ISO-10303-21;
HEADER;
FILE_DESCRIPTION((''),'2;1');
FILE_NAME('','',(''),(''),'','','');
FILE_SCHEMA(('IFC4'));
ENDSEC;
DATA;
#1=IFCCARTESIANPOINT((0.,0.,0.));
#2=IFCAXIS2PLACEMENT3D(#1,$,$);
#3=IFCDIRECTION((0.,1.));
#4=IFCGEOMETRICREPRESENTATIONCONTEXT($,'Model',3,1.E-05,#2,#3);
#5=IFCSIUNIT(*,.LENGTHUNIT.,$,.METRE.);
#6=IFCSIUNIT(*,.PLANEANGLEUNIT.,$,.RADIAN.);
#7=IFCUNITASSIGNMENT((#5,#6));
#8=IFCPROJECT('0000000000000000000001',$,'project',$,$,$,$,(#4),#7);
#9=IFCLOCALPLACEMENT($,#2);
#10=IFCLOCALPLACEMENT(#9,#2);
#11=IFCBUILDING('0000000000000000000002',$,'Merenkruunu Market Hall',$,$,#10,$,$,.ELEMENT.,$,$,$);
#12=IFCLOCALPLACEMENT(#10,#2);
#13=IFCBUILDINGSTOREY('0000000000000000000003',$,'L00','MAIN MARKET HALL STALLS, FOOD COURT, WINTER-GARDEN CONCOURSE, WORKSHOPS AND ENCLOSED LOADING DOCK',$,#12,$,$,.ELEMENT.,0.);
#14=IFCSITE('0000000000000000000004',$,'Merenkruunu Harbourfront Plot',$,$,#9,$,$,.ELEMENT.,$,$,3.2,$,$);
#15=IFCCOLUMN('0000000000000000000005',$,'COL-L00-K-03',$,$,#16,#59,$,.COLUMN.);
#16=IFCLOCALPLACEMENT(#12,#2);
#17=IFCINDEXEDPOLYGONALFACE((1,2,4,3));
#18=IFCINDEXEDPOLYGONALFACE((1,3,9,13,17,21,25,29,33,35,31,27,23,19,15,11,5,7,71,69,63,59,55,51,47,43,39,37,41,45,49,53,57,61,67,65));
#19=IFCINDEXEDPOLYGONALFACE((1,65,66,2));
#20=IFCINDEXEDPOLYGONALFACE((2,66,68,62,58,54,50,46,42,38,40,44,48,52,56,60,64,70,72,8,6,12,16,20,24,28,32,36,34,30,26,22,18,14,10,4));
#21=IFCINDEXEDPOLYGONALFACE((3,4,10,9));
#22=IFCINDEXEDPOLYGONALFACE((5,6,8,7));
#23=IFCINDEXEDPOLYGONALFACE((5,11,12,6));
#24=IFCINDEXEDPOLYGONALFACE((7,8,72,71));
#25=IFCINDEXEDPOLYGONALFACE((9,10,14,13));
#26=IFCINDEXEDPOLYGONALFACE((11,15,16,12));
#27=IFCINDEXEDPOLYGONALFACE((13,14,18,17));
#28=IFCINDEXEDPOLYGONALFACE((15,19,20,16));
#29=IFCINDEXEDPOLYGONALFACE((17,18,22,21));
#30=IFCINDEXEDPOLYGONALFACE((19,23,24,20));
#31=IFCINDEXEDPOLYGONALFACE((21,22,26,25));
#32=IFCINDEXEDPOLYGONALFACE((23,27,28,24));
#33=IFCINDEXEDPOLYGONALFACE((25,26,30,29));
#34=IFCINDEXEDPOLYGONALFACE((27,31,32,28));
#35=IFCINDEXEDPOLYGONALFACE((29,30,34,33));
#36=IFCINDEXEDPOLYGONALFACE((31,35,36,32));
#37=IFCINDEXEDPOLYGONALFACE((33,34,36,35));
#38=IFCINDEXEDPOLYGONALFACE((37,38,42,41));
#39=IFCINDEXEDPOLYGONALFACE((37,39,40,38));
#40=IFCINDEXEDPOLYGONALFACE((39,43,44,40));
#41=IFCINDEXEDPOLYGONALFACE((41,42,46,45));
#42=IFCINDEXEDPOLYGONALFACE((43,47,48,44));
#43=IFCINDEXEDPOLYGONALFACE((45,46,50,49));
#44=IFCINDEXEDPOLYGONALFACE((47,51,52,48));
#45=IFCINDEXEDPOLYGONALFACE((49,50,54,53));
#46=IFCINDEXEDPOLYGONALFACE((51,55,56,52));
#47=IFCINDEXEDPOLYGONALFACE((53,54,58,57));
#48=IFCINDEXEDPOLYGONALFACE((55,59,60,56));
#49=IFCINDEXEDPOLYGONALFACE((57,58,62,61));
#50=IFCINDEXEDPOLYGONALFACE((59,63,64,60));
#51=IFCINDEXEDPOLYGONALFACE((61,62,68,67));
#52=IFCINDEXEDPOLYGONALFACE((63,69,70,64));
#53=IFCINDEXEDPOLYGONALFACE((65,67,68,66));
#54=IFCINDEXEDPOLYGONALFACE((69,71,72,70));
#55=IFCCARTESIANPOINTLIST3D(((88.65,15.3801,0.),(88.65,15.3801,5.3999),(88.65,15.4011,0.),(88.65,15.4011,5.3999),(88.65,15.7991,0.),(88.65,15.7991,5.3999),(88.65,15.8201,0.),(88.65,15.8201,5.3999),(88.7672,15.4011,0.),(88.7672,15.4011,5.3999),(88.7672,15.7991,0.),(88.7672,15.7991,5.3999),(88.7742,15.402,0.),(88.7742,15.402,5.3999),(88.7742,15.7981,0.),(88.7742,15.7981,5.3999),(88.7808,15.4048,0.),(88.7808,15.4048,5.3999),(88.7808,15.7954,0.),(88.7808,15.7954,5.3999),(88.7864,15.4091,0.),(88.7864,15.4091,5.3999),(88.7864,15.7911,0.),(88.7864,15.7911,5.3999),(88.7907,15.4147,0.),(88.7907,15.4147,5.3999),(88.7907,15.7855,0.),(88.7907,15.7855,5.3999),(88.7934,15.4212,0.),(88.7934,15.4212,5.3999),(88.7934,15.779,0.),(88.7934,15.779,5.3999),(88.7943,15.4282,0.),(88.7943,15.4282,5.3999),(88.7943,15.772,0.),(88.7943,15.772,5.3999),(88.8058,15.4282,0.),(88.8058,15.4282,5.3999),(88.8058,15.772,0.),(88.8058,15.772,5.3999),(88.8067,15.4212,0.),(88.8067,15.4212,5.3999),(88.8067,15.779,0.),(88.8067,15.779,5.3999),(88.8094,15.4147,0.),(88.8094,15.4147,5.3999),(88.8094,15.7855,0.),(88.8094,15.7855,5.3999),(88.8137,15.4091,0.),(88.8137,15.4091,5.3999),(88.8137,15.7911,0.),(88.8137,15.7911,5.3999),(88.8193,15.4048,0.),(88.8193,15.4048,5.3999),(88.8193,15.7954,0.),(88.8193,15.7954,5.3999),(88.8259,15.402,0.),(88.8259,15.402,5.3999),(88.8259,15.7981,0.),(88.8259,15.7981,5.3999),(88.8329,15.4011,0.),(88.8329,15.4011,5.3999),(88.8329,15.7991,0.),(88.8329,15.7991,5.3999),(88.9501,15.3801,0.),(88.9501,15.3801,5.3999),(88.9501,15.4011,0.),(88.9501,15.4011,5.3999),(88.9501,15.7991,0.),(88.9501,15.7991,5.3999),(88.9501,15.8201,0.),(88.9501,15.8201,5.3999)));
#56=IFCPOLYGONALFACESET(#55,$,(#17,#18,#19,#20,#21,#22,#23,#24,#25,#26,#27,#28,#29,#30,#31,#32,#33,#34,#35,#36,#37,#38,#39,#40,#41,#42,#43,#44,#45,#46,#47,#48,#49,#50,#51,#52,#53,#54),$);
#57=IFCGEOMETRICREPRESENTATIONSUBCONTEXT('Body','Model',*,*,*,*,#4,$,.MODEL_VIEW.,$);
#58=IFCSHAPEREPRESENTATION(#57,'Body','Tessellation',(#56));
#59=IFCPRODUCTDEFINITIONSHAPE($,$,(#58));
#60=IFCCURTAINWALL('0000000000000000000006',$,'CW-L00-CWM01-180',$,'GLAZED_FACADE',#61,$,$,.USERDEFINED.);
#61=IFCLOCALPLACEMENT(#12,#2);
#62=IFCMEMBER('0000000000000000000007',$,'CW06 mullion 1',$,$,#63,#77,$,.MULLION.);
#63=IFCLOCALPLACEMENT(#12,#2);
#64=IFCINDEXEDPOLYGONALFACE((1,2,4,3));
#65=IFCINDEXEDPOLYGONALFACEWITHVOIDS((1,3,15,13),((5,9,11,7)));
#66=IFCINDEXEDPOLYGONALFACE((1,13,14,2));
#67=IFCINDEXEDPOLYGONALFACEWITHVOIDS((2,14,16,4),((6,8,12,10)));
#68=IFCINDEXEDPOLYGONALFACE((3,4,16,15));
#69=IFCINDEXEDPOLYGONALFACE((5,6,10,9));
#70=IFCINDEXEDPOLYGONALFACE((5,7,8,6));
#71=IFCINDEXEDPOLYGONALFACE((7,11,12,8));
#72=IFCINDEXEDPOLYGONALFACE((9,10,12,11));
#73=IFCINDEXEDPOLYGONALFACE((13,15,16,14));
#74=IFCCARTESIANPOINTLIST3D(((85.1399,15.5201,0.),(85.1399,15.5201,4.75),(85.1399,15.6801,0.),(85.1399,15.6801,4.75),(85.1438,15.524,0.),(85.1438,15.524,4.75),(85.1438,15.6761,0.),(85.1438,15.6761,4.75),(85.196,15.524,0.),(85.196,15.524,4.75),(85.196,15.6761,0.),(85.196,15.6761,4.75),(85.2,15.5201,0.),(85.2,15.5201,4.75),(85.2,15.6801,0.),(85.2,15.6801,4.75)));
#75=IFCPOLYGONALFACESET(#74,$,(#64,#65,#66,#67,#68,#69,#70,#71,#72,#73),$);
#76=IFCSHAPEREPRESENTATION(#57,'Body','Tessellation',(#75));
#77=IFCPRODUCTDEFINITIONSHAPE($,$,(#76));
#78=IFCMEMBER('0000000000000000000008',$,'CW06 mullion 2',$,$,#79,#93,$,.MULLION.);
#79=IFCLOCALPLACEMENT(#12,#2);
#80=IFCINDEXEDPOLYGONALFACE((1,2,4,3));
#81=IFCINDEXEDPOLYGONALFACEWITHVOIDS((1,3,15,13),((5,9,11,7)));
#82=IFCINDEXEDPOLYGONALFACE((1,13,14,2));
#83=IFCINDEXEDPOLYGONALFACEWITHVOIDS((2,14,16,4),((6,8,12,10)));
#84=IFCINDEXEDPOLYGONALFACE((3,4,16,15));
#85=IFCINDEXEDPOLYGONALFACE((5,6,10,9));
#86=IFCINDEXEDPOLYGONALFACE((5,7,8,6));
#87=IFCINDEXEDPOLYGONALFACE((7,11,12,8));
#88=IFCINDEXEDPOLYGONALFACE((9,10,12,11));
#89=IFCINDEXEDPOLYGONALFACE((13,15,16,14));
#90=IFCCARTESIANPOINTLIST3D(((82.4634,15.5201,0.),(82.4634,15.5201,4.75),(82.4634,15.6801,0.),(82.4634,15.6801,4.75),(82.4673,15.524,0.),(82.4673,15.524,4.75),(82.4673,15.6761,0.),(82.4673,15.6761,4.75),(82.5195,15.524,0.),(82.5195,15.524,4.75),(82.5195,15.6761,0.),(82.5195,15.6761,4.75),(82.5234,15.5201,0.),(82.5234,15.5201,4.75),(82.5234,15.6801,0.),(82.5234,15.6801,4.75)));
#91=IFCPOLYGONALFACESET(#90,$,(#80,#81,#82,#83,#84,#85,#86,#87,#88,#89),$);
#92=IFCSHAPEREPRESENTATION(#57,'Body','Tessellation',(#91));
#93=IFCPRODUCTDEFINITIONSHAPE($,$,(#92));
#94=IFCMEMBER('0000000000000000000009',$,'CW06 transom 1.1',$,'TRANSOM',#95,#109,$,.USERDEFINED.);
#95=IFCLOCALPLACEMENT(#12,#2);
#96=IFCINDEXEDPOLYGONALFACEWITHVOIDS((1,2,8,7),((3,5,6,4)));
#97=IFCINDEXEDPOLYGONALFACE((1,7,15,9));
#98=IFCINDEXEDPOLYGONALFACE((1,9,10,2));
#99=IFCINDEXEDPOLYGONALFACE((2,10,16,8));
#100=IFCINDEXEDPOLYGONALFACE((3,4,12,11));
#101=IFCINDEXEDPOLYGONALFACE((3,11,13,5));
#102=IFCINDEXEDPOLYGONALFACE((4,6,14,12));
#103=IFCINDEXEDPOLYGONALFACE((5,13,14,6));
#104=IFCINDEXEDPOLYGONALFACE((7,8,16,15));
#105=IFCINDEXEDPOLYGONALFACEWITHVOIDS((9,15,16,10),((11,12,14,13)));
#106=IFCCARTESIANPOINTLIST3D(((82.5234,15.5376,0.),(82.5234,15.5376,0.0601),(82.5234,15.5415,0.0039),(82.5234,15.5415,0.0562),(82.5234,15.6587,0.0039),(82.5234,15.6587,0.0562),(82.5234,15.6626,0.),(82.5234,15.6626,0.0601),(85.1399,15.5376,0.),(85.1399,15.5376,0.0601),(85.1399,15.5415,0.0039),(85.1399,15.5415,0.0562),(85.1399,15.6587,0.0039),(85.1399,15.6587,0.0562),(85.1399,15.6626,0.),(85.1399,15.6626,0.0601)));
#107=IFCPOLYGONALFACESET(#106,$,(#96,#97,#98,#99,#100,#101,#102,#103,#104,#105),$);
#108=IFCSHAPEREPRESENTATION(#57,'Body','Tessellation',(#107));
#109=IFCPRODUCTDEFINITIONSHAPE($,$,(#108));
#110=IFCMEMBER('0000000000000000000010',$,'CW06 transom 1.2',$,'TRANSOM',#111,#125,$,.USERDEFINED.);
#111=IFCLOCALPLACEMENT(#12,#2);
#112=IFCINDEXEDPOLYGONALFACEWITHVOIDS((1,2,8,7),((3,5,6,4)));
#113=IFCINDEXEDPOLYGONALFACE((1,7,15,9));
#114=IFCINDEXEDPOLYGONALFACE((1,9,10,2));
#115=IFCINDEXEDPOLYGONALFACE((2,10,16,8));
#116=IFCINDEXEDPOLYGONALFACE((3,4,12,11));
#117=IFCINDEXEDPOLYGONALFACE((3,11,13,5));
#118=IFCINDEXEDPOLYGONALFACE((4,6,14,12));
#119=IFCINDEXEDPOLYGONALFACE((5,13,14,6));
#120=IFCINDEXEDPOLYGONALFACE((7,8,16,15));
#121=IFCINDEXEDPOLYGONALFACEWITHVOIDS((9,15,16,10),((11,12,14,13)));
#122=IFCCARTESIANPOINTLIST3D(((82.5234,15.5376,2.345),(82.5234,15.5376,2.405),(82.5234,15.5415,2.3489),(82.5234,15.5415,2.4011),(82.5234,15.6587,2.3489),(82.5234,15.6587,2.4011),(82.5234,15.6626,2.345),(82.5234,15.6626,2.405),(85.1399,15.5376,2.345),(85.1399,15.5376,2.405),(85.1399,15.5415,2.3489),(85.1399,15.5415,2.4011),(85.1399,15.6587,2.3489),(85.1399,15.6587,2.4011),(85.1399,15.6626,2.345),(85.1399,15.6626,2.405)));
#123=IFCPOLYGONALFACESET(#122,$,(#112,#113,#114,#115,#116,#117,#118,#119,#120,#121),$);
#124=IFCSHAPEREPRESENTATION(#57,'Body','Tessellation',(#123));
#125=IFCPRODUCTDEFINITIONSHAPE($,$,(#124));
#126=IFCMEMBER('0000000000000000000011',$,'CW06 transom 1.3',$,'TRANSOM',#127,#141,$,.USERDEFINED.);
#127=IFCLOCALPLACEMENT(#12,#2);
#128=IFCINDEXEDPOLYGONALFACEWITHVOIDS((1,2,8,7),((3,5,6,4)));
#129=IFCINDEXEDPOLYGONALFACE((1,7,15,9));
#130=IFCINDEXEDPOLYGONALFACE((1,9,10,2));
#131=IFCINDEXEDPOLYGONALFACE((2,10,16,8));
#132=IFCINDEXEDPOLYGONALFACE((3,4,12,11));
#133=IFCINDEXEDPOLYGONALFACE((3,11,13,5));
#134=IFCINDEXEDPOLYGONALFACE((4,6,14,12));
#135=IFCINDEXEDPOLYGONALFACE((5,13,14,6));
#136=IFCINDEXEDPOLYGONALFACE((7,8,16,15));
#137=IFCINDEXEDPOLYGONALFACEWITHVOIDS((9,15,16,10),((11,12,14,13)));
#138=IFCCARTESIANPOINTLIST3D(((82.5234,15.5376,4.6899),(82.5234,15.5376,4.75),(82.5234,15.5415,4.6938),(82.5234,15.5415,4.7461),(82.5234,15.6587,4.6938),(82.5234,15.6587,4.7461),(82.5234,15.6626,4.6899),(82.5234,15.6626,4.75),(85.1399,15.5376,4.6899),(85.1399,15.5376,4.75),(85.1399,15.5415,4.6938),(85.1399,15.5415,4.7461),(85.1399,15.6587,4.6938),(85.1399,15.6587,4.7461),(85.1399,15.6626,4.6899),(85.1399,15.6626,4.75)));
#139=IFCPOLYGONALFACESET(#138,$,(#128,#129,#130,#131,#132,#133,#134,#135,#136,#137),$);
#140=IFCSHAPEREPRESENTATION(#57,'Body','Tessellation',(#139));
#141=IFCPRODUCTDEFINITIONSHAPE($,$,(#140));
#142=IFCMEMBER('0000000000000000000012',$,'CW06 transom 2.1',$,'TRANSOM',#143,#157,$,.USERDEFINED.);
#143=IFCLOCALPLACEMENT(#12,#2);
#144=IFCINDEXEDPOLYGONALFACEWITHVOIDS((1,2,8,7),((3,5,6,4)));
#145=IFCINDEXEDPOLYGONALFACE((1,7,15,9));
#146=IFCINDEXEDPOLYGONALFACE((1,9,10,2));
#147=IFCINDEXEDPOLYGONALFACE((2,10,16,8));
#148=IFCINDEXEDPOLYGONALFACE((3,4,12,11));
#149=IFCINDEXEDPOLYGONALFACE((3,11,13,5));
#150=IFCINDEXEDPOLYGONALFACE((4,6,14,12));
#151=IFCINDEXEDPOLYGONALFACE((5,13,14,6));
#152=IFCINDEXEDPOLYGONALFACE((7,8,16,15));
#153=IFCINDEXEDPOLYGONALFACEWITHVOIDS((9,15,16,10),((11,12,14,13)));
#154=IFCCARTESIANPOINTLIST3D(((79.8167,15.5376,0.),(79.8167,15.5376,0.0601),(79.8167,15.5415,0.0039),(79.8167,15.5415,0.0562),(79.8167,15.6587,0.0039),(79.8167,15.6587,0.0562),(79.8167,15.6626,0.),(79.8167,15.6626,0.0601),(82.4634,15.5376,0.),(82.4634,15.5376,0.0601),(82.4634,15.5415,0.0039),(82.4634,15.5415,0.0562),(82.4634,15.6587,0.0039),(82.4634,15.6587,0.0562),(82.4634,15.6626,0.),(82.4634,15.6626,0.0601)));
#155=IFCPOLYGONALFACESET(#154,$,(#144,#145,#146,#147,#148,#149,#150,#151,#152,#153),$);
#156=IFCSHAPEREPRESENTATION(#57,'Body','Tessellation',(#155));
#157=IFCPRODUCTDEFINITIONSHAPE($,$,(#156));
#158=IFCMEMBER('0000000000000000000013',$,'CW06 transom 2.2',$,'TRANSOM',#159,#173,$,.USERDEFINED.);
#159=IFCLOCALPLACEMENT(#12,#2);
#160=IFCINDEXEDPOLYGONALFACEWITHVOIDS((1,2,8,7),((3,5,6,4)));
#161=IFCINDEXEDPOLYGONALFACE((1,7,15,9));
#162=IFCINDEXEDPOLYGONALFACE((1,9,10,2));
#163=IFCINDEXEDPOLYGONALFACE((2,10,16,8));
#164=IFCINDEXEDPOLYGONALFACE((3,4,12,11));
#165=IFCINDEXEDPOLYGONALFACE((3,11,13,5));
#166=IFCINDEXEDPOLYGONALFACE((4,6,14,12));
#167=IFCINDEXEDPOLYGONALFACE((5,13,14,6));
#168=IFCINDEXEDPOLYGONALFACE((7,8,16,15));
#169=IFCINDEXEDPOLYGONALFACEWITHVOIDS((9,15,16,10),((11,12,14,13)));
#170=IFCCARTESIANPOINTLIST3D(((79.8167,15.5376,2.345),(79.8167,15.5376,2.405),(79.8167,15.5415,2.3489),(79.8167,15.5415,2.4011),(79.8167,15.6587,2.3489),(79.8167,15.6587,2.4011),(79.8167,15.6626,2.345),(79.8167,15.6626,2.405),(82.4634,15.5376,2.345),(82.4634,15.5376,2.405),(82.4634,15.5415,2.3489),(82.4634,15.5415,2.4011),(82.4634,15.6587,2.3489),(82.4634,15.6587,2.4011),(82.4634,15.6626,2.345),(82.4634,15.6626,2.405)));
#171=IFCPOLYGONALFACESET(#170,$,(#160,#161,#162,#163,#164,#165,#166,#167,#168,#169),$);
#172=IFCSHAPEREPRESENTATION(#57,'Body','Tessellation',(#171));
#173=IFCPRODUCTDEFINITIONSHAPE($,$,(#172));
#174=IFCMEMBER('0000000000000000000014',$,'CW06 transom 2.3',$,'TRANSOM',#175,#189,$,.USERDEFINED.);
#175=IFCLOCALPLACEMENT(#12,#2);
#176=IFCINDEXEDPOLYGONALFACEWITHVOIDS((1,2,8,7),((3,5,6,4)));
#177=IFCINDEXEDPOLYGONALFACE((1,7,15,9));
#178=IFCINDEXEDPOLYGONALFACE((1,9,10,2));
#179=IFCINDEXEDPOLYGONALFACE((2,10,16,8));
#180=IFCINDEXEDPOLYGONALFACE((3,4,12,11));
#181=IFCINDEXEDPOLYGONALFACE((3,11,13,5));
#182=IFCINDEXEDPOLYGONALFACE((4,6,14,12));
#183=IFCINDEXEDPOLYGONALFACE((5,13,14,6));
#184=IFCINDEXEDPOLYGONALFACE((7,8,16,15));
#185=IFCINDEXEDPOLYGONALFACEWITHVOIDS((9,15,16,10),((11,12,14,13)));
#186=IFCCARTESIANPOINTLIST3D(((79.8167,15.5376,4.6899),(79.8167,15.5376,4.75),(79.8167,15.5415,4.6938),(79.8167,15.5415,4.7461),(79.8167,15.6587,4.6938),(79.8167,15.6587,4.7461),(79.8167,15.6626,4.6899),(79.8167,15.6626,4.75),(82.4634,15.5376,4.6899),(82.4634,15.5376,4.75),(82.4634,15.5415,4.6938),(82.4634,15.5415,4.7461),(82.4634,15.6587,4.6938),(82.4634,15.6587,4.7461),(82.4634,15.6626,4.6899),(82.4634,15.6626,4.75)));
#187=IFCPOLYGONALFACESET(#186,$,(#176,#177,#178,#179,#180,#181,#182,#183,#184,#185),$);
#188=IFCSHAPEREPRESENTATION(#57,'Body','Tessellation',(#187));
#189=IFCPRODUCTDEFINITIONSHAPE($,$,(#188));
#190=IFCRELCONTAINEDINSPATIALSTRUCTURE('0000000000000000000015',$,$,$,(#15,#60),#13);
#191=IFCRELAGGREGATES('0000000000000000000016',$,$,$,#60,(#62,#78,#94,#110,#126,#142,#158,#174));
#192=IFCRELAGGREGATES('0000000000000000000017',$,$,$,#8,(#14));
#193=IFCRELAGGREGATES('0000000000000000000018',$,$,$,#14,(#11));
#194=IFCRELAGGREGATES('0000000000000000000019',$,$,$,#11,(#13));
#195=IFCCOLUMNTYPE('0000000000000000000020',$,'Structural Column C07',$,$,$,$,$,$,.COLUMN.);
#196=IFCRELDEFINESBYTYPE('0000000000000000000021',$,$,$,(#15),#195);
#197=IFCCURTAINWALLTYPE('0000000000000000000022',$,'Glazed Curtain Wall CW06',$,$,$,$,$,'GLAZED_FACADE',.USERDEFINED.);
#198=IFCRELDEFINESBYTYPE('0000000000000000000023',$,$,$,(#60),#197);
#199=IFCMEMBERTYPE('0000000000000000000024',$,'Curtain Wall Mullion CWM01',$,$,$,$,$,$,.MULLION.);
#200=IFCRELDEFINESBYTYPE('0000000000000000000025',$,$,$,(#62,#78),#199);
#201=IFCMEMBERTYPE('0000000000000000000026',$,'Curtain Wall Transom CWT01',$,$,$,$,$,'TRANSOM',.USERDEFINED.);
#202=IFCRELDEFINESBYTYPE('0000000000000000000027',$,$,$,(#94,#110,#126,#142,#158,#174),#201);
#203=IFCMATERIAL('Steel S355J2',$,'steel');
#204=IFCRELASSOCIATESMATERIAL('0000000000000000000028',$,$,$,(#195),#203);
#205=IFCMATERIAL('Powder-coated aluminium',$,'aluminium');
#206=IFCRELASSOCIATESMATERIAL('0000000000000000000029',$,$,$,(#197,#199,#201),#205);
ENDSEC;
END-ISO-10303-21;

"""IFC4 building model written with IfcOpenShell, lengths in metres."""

from ifc_helpers import new_model, si_unit, direction, frame, origin, origin_2d, place, context, subcontext, project, spatial, hollow_rectangle, i_section, extrude, material, material_profile, profile_set, type_object, element, aggregate, save


model = new_model("IFC4")

# Units and contexts
model_context = context("Model", 3, precision=1e-05, world=origin(), true_north=direction((0.0, 1.0)))
body_context = subcontext(model_context, "Body", "Model", "MODEL_VIEW")
ifc_project = project(units=[si_unit("LENGTHUNIT", "METRE"), si_unit("PLANEANGLEUNIT", "RADIAN")], contexts=[model_context])

# Site, building, storey
site_placement = place(None, origin())
site = spatial("IfcSite", under=ifc_project, at=site_placement, Name="Merenkruunu Harbourfront Plot", CompositionType="ELEMENT", RefElevation=3.2)
building_placement = place(site_placement, origin())
building = spatial("IfcBuilding", under=site, at=building_placement, Name="Merenkruunu Market Hall", CompositionType="ELEMENT")
storey_placement = place(building_placement, origin())
storey = spatial("IfcBuildingStorey", under=building, at=storey_placement, Name="L00", Description="MAIN MARKET HALL STALLS, FOOD COURT, WINTER-GARDEN CONCOURSE, WORKSHOPS AND ENCLOSED LOADING DOCK", CompositionType="ELEMENT", Elevation=0.0)

# Column
ifc_material_1 = material(Name="Steel S355J2", Category="steel")
ifc_material_profile_1 = material_profile(ifc_material_1, i_section(OverallWidth=0.3, OverallDepth=0.4399, WebThickness=0.0115, FlangeThickness=0.021, FilletRadius=0.0271, at=origin_2d()), Name="HEA 450")
ifc_profile_set_1 = profile_set([ifc_material_profile_1], Name="Steel S355J2")
column_type = type_object("IfcColumnType", Name="Structural Column C07", PredefinedType="COLUMN", material=ifc_profile_set_1)
column_placement = place(storey_placement, frame((88.8, 15.6001, 0.0), z_axis=(0.0, 0.0, 1.0), x_axis=(1.0, 0.0, 0.0)))
element("IfcColumn", 1, at=column_placement, inside=storey, type_object=column_type, Name="COL-L00-K-03", PredefinedType="COLUMN", context=body_context, shape_type="SweptSolid", body=[
    extrude(i_section(OverallWidth=0.3, OverallDepth=0.4399, WebThickness=0.0115, FlangeThickness=0.021, FilletRadius=0.0271, at=origin_2d()), origin(), (0.0, 0.0, 1.0), 5.3999),
])

# Curtain wall, members
ifc_material_2 = material(Name="Powder-coated aluminium", Category="aluminium")
curtain_wall_type = type_object("IfcCurtainWallType", Name="Glazed Curtain Wall CW06", ElementType="GLAZED_FACADE", PredefinedType="USERDEFINED", material=ifc_material_2)
curtain_wall_placement = place(storey_placement, origin())
curtain_wall = element("IfcCurtainWall", 2, at=curtain_wall_placement, inside=storey, type_object=curtain_wall_type, Name="CW-L00-CWM01-180", ObjectType="GLAZED_FACADE", PredefinedType="USERDEFINED")
ifc_material_profile_2 = material_profile(ifc_material_2, hollow_rectangle(XDim=0.0601, YDim=0.1599, WallThickness=0.0039, at=origin_2d()), Name="ALU 60x160x4")
ifc_profile_set_2 = profile_set([ifc_material_profile_2], Name="Powder-coated aluminium")
member_type_1 = type_object("IfcMemberType", Name="Curtain Wall Mullion CWM01", PredefinedType="MULLION", material=ifc_profile_set_2)
member_1_placement = place(storey_placement, frame((85.1699, 15.6001, 0.0), z_axis=(0.0, 0.0, 1.0), x_axis=(-1.0, 0.0, 0.0)))
member_1 = element("IfcMember", 3, at=member_1_placement, type_object=member_type_1, Name="CW06 mullion 1", PredefinedType="MULLION", context=body_context, shape_type="SweptSolid", body=[
    extrude(hollow_rectangle(XDim=0.0601, YDim=0.1599, WallThickness=0.0039, at=origin_2d()), origin(), (0.0, 0.0, 1.0), 4.75),
])
member_2_placement = place(storey_placement, frame((82.4934, 15.6001, 0.0), z_axis=(0.0, 0.0, 1.0), x_axis=(-1.0, 0.0, 0.0)))
member_2 = element("IfcMember", 4, at=member_2_placement, type_object=member_type_1, Name="CW06 mullion 2", PredefinedType="MULLION", context=body_context, shape_type="SweptSolid", body=[
    extrude(hollow_rectangle(XDim=0.0601, YDim=0.1599, WallThickness=0.0039, at=origin_2d()), origin(), (0.0, 0.0, 1.0), 4.75),
])
ifc_material_profile_3 = material_profile(ifc_material_2, hollow_rectangle(XDim=0.0601, YDim=0.125, WallThickness=0.0039, at=origin_2d()), Name="ALU 60x125x4")
ifc_profile_set_3 = profile_set([ifc_material_profile_3], Name="Powder-coated aluminium")
member_type_2 = type_object("IfcMemberType", Name="Curtain Wall Transom CWT01", ElementType="TRANSOM", PredefinedType="USERDEFINED", material=ifc_profile_set_3)
member_3_placement = place(storey_placement, frame((85.1399, 15.6001, 0.03), z_axis=(-1.0, 0.0, 0.0), x_axis=(0.0, 0.0, 1.0)))
member_3 = element("IfcMember", 5, at=member_3_placement, type_object=member_type_2, Name="CW06 transom 1.1", ObjectType="TRANSOM", PredefinedType="USERDEFINED", context=body_context, shape_type="SweptSolid", body=[
    extrude(hollow_rectangle(XDim=0.0601, YDim=0.125, WallThickness=0.0039, at=origin_2d()), origin(), (0.0, 0.0, 1.0), 2.6165),
])
member_4_placement = place(storey_placement, frame((85.1399, 15.6001, 2.375), z_axis=(-1.0, 0.0, 0.0), x_axis=(0.0, 0.0, 1.0)))
member_4 = element("IfcMember", 6, at=member_4_placement, type_object=member_type_2, Name="CW06 transom 1.2", ObjectType="TRANSOM", PredefinedType="USERDEFINED", context=body_context, shape_type="SweptSolid", body=[
    extrude(hollow_rectangle(XDim=0.0601, YDim=0.125, WallThickness=0.0039, at=origin_2d()), origin(), (0.0, 0.0, 1.0), 2.6165),
])
member_5_placement = place(storey_placement, frame((85.1399, 15.6001, 4.72), z_axis=(-1.0, 0.0, 0.0), x_axis=(0.0, 0.0, 1.0)))
member_5 = element("IfcMember", 7, at=member_5_placement, type_object=member_type_2, Name="CW06 transom 1.3", ObjectType="TRANSOM", PredefinedType="USERDEFINED", context=body_context, shape_type="SweptSolid", body=[
    extrude(hollow_rectangle(XDim=0.0601, YDim=0.125, WallThickness=0.0039, at=origin_2d()), origin(), (0.0, 0.0, 1.0), 2.6165),
])
member_6_placement = place(storey_placement, frame((82.4634, 15.6001, 0.03), z_axis=(-1.0, 0.0, 0.0), x_axis=(0.0, 0.0, 1.0)))
member_6 = element("IfcMember", 8, at=member_6_placement, type_object=member_type_2, Name="CW06 transom 2.1", ObjectType="TRANSOM", PredefinedType="USERDEFINED", context=body_context, shape_type="SweptSolid", body=[
    extrude(hollow_rectangle(XDim=0.0601, YDim=0.125, WallThickness=0.0039, at=origin_2d()), origin(), (0.0, 0.0, 1.0), 2.6467),
])
member_7_placement = place(storey_placement, frame((82.4634, 15.6001, 2.375), z_axis=(-1.0, 0.0, 0.0), x_axis=(0.0, 0.0, 1.0)))
member_7 = element("IfcMember", 9, at=member_7_placement, type_object=member_type_2, Name="CW06 transom 2.2", ObjectType="TRANSOM", PredefinedType="USERDEFINED", context=body_context, shape_type="SweptSolid", body=[
    extrude(hollow_rectangle(XDim=0.0601, YDim=0.125, WallThickness=0.0039, at=origin_2d()), origin(), (0.0, 0.0, 1.0), 2.6467),
])
member_8_placement = place(storey_placement, frame((82.4634, 15.6001, 4.72), z_axis=(-1.0, 0.0, 0.0), x_axis=(0.0, 0.0, 1.0)))
member_8 = element("IfcMember", 10, at=member_8_placement, type_object=member_type_2, Name="CW06 transom 2.3", ObjectType="TRANSOM", PredefinedType="USERDEFINED", context=body_context, shape_type="SweptSolid", body=[
    extrude(hollow_rectangle(XDim=0.0601, YDim=0.125, WallThickness=0.0039, at=origin_2d()), origin(), (0.0, 0.0, 1.0), 2.6467),
])

aggregate(curtain_wall, [member_1, member_2, member_3, member_4, member_5, member_6, member_7, member_8])

save(model, "model.ifc")
